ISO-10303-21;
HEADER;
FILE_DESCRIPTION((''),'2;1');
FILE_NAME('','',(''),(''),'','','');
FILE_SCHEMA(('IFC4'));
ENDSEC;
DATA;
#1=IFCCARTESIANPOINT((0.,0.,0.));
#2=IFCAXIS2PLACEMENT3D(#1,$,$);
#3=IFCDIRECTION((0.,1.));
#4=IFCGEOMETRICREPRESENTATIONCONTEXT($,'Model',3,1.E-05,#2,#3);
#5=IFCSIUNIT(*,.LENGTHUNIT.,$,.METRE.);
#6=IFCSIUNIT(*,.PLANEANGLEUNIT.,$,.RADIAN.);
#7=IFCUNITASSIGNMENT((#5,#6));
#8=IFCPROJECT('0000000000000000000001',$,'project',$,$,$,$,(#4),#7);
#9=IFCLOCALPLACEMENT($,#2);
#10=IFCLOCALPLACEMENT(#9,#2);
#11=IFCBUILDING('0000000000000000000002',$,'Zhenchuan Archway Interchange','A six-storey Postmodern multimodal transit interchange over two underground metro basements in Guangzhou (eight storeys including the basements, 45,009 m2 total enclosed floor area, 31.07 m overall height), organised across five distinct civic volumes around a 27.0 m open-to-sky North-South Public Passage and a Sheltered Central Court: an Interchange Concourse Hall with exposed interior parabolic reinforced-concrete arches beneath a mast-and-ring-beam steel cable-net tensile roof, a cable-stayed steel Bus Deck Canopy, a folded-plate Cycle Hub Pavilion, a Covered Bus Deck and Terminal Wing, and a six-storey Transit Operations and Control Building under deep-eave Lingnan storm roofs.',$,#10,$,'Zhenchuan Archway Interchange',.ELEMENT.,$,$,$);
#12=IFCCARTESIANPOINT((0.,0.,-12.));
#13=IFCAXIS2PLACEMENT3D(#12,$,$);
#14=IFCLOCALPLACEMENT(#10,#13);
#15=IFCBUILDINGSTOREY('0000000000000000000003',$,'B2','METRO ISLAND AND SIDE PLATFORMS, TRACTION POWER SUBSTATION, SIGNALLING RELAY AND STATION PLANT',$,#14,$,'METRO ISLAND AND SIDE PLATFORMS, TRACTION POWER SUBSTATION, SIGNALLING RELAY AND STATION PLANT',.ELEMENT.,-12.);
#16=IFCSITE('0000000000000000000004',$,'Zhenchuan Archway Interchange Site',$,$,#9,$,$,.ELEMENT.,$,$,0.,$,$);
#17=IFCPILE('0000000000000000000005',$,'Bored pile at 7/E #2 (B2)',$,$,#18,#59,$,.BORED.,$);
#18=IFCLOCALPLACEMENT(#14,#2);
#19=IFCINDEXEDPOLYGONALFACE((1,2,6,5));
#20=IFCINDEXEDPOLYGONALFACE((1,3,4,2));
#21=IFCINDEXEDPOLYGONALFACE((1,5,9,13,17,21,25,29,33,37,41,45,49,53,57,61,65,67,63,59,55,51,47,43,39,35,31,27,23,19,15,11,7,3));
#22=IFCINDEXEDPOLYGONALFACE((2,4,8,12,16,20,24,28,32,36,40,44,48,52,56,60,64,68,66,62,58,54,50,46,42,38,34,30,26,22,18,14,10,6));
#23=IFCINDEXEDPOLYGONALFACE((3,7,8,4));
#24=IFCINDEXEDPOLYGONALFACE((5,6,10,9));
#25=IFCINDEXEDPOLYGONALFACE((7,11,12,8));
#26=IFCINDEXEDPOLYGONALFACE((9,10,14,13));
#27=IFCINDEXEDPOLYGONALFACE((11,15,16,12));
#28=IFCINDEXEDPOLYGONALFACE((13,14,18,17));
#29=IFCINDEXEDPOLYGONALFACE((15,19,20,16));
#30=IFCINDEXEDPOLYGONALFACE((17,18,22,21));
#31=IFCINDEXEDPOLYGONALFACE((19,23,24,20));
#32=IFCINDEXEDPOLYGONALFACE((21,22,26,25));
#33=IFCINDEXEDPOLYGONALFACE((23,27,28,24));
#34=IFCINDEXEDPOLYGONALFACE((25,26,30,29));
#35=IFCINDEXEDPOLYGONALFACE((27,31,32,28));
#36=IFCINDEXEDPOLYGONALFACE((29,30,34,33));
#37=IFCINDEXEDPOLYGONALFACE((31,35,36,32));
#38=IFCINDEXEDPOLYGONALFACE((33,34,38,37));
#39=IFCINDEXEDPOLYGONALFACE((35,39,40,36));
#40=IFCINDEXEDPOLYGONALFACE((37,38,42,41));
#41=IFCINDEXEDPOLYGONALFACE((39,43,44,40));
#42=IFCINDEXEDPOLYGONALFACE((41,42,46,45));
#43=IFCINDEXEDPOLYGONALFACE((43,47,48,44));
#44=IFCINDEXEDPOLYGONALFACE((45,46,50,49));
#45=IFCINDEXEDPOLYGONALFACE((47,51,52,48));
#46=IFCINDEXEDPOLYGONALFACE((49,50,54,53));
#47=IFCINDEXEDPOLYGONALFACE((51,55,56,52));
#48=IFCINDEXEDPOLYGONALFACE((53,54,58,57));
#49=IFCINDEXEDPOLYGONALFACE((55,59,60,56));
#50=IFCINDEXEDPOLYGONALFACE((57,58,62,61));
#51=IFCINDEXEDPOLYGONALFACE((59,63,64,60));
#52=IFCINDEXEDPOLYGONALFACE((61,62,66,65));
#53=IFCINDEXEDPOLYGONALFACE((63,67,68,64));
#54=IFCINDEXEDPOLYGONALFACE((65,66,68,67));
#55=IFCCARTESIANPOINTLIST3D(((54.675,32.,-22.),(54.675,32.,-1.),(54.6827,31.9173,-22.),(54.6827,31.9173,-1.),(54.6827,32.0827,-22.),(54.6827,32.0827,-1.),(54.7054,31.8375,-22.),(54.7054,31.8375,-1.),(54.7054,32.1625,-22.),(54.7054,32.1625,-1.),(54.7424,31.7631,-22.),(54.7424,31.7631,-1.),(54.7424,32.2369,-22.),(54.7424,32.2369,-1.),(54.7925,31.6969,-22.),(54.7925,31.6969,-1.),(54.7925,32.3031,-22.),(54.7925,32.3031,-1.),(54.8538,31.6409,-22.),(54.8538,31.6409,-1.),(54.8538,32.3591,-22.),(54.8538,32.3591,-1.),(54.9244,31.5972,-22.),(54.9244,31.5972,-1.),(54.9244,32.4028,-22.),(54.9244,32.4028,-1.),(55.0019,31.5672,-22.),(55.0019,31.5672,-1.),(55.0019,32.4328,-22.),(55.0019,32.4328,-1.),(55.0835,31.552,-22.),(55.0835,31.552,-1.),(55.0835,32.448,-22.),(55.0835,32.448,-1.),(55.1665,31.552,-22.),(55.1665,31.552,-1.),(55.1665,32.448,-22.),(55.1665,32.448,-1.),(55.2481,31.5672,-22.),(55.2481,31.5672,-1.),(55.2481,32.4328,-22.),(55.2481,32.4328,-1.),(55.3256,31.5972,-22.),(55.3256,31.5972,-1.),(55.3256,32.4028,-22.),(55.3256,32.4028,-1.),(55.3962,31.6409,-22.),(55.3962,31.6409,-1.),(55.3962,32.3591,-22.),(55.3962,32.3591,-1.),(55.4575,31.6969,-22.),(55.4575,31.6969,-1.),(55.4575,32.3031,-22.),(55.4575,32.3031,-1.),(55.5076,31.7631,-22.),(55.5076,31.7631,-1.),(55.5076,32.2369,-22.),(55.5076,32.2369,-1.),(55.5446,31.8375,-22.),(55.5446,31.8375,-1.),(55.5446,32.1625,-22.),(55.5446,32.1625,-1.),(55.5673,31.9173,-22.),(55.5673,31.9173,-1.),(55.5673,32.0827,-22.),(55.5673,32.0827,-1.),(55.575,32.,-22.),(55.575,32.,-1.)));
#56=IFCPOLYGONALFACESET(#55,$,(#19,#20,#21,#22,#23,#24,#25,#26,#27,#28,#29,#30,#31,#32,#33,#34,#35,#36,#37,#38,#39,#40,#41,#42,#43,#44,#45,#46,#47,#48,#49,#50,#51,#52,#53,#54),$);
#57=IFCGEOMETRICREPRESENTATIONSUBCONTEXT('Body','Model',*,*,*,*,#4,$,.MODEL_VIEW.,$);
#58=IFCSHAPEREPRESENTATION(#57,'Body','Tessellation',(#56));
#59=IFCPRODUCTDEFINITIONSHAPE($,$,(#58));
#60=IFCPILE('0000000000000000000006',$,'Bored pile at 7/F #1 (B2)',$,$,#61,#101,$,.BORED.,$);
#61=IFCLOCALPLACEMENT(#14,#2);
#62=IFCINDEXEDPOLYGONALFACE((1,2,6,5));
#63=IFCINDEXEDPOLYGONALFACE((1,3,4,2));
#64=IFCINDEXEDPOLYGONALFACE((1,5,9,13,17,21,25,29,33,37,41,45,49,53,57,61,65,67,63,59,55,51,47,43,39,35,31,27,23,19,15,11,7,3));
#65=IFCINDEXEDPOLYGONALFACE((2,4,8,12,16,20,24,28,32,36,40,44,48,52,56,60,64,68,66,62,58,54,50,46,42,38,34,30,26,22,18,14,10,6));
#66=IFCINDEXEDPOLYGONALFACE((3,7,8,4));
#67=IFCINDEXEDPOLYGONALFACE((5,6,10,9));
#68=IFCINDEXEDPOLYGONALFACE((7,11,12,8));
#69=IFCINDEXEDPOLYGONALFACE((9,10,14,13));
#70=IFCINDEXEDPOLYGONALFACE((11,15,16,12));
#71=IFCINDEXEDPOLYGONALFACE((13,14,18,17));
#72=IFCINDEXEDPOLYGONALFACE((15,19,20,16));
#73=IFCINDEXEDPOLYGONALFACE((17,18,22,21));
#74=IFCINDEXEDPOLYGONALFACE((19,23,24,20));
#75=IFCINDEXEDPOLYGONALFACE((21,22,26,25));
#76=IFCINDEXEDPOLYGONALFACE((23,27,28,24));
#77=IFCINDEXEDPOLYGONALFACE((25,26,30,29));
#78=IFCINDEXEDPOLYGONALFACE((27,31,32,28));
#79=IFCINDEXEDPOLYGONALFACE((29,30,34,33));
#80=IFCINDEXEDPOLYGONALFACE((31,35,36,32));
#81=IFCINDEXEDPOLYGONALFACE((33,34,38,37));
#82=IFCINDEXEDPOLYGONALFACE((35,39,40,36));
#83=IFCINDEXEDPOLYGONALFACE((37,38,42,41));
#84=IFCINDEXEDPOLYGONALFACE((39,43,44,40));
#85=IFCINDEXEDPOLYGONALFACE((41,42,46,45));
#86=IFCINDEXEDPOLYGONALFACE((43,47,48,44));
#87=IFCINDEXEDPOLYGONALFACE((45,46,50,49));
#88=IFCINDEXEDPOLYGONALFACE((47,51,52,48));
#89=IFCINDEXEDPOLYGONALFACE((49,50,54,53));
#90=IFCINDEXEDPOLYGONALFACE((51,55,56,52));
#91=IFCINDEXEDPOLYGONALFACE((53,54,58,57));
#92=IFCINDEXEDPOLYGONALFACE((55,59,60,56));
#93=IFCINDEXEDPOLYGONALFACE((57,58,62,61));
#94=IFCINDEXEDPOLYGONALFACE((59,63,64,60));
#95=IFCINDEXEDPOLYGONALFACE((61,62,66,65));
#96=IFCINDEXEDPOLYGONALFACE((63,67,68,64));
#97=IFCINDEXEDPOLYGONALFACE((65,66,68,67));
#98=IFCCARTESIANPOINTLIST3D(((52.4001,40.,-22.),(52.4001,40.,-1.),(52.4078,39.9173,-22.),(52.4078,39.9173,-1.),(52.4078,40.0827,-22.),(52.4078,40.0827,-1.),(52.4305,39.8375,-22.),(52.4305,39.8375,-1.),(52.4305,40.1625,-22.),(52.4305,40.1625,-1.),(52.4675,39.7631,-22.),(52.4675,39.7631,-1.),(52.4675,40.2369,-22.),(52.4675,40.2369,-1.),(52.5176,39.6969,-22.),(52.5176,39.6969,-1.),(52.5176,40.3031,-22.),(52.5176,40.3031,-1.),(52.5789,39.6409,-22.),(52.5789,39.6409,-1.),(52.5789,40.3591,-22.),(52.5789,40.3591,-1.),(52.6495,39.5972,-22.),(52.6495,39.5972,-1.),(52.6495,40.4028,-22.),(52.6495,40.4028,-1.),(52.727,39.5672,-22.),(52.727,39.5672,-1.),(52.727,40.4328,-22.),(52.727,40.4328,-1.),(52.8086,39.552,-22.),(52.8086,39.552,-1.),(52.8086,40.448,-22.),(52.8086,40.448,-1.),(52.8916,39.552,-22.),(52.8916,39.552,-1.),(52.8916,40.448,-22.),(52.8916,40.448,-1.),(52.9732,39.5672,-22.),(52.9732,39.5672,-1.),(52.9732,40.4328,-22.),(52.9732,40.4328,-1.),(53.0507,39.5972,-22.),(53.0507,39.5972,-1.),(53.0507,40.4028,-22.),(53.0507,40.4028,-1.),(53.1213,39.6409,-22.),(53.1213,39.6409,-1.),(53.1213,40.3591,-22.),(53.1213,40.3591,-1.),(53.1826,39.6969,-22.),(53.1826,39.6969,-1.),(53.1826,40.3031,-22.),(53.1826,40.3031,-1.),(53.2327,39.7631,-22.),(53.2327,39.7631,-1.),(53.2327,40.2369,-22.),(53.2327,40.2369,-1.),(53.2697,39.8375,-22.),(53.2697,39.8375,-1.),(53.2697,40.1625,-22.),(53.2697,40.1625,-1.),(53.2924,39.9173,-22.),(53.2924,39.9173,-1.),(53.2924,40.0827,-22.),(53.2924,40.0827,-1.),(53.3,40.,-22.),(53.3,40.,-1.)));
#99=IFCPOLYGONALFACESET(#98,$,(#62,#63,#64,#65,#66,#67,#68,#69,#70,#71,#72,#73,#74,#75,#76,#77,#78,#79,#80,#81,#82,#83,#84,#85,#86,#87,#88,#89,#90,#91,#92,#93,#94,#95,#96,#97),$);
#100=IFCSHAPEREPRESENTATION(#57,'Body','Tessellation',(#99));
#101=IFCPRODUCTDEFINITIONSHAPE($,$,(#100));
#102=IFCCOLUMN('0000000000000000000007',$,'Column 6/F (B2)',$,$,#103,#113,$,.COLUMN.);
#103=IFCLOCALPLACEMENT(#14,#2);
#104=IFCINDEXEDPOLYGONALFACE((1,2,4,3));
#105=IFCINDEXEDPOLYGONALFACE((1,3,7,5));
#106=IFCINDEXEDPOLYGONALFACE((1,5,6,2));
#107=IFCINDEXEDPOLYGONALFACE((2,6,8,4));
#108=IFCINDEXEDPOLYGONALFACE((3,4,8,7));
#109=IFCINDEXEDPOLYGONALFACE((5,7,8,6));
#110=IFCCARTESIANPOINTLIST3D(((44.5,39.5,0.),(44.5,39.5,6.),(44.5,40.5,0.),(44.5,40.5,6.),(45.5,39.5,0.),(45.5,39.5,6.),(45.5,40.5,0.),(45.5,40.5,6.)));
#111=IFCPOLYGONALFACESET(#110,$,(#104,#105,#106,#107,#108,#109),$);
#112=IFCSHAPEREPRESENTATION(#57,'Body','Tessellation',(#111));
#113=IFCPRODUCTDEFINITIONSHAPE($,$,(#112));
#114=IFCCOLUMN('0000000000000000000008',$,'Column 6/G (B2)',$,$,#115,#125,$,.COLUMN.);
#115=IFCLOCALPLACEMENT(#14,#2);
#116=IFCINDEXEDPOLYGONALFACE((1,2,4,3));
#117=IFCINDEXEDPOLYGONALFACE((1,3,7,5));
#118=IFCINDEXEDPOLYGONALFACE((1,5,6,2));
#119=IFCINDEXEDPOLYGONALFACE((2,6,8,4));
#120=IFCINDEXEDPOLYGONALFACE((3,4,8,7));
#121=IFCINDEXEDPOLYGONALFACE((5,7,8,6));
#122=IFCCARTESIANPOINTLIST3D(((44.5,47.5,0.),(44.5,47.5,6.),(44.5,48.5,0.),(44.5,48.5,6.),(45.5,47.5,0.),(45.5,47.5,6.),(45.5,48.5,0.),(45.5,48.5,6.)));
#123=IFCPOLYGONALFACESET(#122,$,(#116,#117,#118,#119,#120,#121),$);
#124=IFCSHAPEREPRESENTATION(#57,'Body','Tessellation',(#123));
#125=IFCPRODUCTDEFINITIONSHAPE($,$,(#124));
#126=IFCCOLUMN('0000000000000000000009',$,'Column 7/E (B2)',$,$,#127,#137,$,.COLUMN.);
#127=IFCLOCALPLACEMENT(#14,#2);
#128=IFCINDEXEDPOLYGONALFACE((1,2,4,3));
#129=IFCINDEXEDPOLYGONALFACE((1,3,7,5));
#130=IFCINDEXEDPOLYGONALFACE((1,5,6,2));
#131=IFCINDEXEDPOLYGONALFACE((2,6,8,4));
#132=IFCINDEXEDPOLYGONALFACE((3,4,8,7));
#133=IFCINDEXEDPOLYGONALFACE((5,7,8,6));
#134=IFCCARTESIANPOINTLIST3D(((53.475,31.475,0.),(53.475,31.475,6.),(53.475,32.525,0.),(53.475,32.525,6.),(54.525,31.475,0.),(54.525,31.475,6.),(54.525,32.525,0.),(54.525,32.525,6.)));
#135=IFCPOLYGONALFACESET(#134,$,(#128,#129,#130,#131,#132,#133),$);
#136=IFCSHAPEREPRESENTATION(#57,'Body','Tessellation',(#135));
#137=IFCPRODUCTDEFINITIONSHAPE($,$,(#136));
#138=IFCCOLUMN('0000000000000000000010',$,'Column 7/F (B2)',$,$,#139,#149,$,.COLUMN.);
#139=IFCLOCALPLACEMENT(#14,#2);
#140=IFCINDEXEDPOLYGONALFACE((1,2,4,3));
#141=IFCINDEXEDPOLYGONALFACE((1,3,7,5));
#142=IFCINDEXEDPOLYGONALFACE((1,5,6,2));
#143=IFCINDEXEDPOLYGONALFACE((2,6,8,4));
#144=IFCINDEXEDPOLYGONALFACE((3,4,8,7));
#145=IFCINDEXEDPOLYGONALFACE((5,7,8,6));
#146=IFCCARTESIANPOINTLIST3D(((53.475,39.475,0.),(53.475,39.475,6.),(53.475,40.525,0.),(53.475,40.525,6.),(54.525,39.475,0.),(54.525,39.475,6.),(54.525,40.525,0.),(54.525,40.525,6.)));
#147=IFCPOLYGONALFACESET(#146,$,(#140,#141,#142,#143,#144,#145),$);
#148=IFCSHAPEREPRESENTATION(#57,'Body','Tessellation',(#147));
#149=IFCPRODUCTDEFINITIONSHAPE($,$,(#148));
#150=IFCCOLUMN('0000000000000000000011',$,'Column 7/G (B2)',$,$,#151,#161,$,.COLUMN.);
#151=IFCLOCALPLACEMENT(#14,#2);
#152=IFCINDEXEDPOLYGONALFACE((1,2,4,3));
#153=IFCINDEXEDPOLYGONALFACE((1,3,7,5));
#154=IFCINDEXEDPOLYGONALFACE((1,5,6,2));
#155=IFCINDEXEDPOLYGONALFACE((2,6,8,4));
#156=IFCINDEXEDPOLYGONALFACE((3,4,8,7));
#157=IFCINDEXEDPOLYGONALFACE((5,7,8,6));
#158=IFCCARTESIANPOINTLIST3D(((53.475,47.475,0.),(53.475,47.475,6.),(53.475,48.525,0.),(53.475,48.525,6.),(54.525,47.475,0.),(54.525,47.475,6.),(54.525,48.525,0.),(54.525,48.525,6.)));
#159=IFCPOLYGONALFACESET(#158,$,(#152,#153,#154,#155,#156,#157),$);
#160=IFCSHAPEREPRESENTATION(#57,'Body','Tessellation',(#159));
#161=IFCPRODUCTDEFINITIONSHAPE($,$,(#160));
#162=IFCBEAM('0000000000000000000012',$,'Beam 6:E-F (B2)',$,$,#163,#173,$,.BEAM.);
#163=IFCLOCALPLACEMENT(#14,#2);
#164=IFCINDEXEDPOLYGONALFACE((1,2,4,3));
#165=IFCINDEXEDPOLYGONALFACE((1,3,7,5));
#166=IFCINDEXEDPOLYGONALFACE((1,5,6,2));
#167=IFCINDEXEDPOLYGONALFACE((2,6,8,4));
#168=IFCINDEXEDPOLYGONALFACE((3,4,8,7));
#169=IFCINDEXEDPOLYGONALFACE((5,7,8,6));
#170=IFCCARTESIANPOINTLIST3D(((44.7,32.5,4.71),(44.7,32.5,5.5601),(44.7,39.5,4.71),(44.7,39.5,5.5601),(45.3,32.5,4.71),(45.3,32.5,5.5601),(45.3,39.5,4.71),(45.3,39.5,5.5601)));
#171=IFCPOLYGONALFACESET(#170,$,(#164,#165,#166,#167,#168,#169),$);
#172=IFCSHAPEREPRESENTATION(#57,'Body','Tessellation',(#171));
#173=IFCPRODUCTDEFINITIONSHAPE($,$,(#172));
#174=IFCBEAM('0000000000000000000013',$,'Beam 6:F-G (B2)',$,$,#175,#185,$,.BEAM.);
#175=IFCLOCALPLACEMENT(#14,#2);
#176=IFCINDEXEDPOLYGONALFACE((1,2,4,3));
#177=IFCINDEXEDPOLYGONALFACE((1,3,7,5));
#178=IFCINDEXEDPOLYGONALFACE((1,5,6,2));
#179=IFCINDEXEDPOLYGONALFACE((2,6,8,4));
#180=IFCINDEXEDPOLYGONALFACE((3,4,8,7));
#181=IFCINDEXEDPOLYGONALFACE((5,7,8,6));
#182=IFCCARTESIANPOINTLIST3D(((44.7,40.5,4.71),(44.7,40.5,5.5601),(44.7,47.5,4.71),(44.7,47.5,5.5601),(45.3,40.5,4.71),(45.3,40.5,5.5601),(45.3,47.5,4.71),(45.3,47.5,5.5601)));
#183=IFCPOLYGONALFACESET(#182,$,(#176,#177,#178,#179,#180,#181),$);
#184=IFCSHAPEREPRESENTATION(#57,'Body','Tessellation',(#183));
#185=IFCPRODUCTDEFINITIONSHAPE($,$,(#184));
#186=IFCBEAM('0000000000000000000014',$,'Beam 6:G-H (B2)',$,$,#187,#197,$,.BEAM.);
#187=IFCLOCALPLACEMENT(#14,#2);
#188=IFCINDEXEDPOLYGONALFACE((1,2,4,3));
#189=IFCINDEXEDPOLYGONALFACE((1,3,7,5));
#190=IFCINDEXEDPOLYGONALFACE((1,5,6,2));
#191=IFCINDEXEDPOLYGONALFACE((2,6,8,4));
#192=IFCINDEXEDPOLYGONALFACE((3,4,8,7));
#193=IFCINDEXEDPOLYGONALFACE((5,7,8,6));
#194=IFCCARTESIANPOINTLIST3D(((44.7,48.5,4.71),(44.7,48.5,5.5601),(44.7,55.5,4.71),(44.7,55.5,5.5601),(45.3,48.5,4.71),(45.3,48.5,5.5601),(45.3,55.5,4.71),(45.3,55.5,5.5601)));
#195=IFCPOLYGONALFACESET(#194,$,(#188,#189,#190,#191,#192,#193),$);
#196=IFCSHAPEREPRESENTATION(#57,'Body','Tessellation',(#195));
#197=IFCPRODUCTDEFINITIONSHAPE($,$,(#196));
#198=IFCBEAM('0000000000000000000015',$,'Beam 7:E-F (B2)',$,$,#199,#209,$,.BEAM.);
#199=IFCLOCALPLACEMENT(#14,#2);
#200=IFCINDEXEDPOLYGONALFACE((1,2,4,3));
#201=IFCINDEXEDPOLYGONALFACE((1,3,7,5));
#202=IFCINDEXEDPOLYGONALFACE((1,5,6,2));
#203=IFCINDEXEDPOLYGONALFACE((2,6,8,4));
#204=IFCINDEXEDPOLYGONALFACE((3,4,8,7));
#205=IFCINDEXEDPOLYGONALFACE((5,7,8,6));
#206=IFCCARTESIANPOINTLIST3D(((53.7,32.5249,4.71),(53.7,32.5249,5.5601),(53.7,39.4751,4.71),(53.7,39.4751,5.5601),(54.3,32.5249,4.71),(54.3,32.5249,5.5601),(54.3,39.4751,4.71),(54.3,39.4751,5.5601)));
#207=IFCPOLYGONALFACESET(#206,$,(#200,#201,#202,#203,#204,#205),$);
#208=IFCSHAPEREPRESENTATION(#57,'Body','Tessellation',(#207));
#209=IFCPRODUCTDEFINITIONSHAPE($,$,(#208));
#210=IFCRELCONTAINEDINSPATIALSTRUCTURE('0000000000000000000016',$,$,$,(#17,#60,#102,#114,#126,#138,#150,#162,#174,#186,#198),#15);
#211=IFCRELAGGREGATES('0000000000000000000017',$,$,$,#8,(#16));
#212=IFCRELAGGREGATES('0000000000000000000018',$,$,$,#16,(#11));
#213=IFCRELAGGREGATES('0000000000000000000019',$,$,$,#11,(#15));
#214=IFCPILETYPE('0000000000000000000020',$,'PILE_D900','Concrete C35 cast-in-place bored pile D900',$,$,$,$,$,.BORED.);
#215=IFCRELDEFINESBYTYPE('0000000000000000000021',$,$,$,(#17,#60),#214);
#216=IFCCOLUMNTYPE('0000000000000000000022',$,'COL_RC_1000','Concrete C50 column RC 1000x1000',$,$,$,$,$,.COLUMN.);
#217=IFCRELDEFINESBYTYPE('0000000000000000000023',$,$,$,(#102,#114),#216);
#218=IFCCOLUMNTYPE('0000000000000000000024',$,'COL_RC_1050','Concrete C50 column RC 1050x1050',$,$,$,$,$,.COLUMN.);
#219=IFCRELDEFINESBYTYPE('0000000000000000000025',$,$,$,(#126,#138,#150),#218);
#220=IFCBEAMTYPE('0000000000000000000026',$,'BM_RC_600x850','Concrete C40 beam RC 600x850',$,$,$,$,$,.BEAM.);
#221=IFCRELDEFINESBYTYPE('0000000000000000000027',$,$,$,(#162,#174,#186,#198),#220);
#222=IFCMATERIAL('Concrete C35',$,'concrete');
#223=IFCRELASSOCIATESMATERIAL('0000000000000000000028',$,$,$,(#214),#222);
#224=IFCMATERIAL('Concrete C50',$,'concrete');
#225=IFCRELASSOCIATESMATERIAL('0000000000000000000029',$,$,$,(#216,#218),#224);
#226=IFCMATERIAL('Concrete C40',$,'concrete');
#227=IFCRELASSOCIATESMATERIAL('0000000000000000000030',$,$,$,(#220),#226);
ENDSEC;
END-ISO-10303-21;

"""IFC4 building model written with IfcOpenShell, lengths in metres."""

from ifc_helpers import new_model, si_unit, direction, frame, origin, origin_2d, place, context, subcontext, project, spatial, rectangle, circle, extrude, material, material_profile, profile_set, type_object, element, save


model = new_model("IFC4")

# Units and contexts
model_context = context("Model", 3, precision=1e-05, world=origin(), true_north=direction((0.0, 1.0)))
body_context = subcontext(model_context, "Body", "Model", "MODEL_VIEW")
ifc_project = project(units=[si_unit("LENGTHUNIT", "METRE"), si_unit("PLANEANGLEUNIT", "RADIAN")], contexts=[model_context])

# Site, building, storey
site_placement = place(None, origin())
site = spatial("IfcSite", under=ifc_project, at=site_placement, Name="Zhenchuan Archway Interchange Site", CompositionType="ELEMENT", RefElevation=0.0)
building_placement = place(site_placement, origin())
building = spatial("IfcBuilding", under=site, at=building_placement, Name="Zhenchuan Archway Interchange", Description="A six-storey Postmodern multimodal transit interchange over two underground metro basements in Guangzhou (eight storeys including the basements, 45,009 m2 total enclosed floor area, 31.07 m overall height), organised across five distinct civic volumes around a 27.0 m open-to-sky North-South Public Passage and a Sheltered Central Court: an Interchange Concourse Hall with exposed interior parabolic reinforced-concrete arches beneath a mast-and-ring-beam steel cable-net tensile roof, a cable-stayed steel Bus Deck Canopy, a folded-plate Cycle Hub Pavilion, a Covered Bus Deck and Terminal Wing, and a six-storey Transit Operations and Control Building under deep-eave Lingnan storm roofs.", LongName="Zhenchuan Archway Interchange", CompositionType="ELEMENT")
storey_placement = place(building_placement, frame((0.0, 0.0, -12.0)))
storey = spatial("IfcBuildingStorey", under=building, at=storey_placement, Name="B2", Description="METRO ISLAND AND SIDE PLATFORMS, TRACTION POWER SUBSTATION, SIGNALLING RELAY AND STATION PLANT", LongName="METRO ISLAND AND SIDE PLATFORMS, TRACTION POWER SUBSTATION, SIGNALLING RELAY AND STATION PLANT", CompositionType="ELEMENT", Elevation=-12.0)

# Shared definitions
ifc_material_1 = material(Name="Concrete C40", Category="concrete")

# Piles
ifc_material_2 = material(Name="Concrete C35", Category="concrete")
ifc_material_profile_1 = material_profile(ifc_material_2, circle(Radius=0.45, at=origin_2d()), Name="BORED PILE 900")
ifc_profile_set_1 = profile_set([ifc_material_profile_1], Name="Concrete C35")
pile_type_1 = type_object("IfcPileType", Name="PILE_D900", Description="Concrete C35 cast-in-place bored pile D900", PredefinedType="BORED", material=ifc_profile_set_1)
for number, where, z_axis, x_axis, name in (
    (1, (55.125, 32.0, -1.0), (0.0, 0.0, -1.0), (1.0, 0.0, 0.0), "Bored pile at 7/E #2 (B2)"),
    (2, (52.8501, 40.0, -1.0), (0.0, 0.0, -1.0), (1.0, 0.0, 0.0), "Bored pile at 7/F #1 (B2)"),
):
    element("IfcPile", number, at=place(storey_placement, frame(where, z_axis=z_axis, x_axis=x_axis)), inside=storey, type_object=pile_type_1, Name=name, PredefinedType="BORED", context=body_context, shape_type="SweptSolid", body=[
        extrude(circle(Radius=0.45, at=origin_2d()), origin(), (0.0, 0.0, 1.0), 21.0),
    ])

# Columns
ifc_material_3 = material(Name="Concrete C50", Category="concrete")
ifc_material_profile_2 = material_profile(ifc_material_3, rectangle(XDim=1.0, YDim=1.0, at=origin_2d()), Name="RC 1000x1000")
ifc_profile_set_2 = profile_set([ifc_material_profile_2], Name="Concrete C50")
column_type_1 = type_object("IfcColumnType", Name="COL_RC_1000", Description="Concrete C50 column RC 1000x1000", PredefinedType="COLUMN", material=ifc_profile_set_2)
for number, where, z_axis, x_axis, name in (
    (3, (45.0, 40.0, 0.0), (0.0, 0.0, 1.0), (1.0, 0.0, 0.0), "Column 6/F (B2)"),
    (4, (45.0, 48.0, 0.0), (0.0, 0.0, 1.0), (1.0, 0.0, 0.0), "Column 6/G (B2)"),
):
    element("IfcColumn", number, at=place(storey_placement, frame(where, z_axis=z_axis, x_axis=x_axis)), inside=storey, type_object=column_type_1, Name=name, PredefinedType="COLUMN", context=body_context, shape_type="SweptSolid", body=[
        extrude(rectangle(XDim=1.0, YDim=1.0, at=origin_2d()), origin(), (0.0, 0.0, 1.0), 6.0),
    ])
ifc_material_profile_3 = material_profile(ifc_material_3, rectangle(XDim=1.05, YDim=1.05, at=origin_2d()), Name="RC 1050x1050")
ifc_profile_set_3 = profile_set([ifc_material_profile_3], Name="Concrete C50")
column_type_2 = type_object("IfcColumnType", Name="COL_RC_1050", Description="Concrete C50 column RC 1050x1050", PredefinedType="COLUMN", material=ifc_profile_set_3)
for number, where, z_axis, x_axis, name in (
    (5, (54.0, 32.0, 0.0), (0.0, 0.0, 1.0), (1.0, 0.0, 0.0), "Column 7/E (B2)"),
    (6, (54.0, 40.0, 0.0), (0.0, 0.0, 1.0), (1.0, 0.0, 0.0), "Column 7/F (B2)"),
    (7, (54.0, 48.0, 0.0), (0.0, 0.0, 1.0), (1.0, 0.0, 0.0), "Column 7/G (B2)"),
):
    element("IfcColumn", number, at=place(storey_placement, frame(where, z_axis=z_axis, x_axis=x_axis)), inside=storey, type_object=column_type_2, Name=name, PredefinedType="COLUMN", context=body_context, shape_type="SweptSolid", body=[
        extrude(rectangle(XDim=1.05, YDim=1.05, at=origin_2d()), origin(), (0.0, 0.0, 1.0), 6.0),
    ])

# Beams
ifc_material_profile_4 = material_profile(ifc_material_1, rectangle(XDim=0.6001, YDim=0.8501, at=origin_2d()), Name="RC 600x850")
ifc_profile_set_4 = profile_set([ifc_material_profile_4], Name="Concrete C40")
beam_type_1 = type_object("IfcBeamType", Name="BM_RC_600x850", Description="Concrete C40 beam RC 600x850", PredefinedType="BEAM", material=ifc_profile_set_4)
for number, where, z_axis, x_axis, name in (
    (8, (45.0, 32.5, 5.135), (0.0, 1.0, 0.0), (-1.0, 0.0, 0.0), "Beam 6:E-F (B2)"),
    (9, (45.0, 40.5, 5.135), (0.0, 1.0, 0.0), (-1.0, 0.0, 0.0), "Beam 6:F-G (B2)"),
    (10, (45.0, 48.5, 5.135), (0.0, 1.0, 0.0), (-1.0, 0.0, 0.0), "Beam 6:G-H (B2)"),
):
    element("IfcBeam", number, at=place(storey_placement, frame(where, z_axis=z_axis, x_axis=x_axis)), inside=storey, type_object=beam_type_1, Name=name, PredefinedType="BEAM", context=body_context, shape_type="SweptSolid", body=[
        extrude(rectangle(XDim=0.6001, YDim=0.8501, at=origin_2d()), origin(), (0.0, 0.0, 1.0), 7.0),
    ])
for number, where, z_axis, x_axis, name in (
    (11, (54.0, 32.5249, 5.135), (0.0, 1.0, 0.0), (-1.0, 0.0, 0.0), "Beam 7:E-F (B2)"),
):
    element("IfcBeam", number, at=place(storey_placement, frame(where, z_axis=z_axis, x_axis=x_axis)), inside=storey, type_object=beam_type_1, Name=name, PredefinedType="BEAM", context=body_context, shape_type="SweptSolid", body=[
        extrude(rectangle(XDim=0.6001, YDim=0.8501, at=origin_2d()), origin(), (0.0, 0.0, 1.0), 6.9502),
    ])

save(model, "model.ifc")
